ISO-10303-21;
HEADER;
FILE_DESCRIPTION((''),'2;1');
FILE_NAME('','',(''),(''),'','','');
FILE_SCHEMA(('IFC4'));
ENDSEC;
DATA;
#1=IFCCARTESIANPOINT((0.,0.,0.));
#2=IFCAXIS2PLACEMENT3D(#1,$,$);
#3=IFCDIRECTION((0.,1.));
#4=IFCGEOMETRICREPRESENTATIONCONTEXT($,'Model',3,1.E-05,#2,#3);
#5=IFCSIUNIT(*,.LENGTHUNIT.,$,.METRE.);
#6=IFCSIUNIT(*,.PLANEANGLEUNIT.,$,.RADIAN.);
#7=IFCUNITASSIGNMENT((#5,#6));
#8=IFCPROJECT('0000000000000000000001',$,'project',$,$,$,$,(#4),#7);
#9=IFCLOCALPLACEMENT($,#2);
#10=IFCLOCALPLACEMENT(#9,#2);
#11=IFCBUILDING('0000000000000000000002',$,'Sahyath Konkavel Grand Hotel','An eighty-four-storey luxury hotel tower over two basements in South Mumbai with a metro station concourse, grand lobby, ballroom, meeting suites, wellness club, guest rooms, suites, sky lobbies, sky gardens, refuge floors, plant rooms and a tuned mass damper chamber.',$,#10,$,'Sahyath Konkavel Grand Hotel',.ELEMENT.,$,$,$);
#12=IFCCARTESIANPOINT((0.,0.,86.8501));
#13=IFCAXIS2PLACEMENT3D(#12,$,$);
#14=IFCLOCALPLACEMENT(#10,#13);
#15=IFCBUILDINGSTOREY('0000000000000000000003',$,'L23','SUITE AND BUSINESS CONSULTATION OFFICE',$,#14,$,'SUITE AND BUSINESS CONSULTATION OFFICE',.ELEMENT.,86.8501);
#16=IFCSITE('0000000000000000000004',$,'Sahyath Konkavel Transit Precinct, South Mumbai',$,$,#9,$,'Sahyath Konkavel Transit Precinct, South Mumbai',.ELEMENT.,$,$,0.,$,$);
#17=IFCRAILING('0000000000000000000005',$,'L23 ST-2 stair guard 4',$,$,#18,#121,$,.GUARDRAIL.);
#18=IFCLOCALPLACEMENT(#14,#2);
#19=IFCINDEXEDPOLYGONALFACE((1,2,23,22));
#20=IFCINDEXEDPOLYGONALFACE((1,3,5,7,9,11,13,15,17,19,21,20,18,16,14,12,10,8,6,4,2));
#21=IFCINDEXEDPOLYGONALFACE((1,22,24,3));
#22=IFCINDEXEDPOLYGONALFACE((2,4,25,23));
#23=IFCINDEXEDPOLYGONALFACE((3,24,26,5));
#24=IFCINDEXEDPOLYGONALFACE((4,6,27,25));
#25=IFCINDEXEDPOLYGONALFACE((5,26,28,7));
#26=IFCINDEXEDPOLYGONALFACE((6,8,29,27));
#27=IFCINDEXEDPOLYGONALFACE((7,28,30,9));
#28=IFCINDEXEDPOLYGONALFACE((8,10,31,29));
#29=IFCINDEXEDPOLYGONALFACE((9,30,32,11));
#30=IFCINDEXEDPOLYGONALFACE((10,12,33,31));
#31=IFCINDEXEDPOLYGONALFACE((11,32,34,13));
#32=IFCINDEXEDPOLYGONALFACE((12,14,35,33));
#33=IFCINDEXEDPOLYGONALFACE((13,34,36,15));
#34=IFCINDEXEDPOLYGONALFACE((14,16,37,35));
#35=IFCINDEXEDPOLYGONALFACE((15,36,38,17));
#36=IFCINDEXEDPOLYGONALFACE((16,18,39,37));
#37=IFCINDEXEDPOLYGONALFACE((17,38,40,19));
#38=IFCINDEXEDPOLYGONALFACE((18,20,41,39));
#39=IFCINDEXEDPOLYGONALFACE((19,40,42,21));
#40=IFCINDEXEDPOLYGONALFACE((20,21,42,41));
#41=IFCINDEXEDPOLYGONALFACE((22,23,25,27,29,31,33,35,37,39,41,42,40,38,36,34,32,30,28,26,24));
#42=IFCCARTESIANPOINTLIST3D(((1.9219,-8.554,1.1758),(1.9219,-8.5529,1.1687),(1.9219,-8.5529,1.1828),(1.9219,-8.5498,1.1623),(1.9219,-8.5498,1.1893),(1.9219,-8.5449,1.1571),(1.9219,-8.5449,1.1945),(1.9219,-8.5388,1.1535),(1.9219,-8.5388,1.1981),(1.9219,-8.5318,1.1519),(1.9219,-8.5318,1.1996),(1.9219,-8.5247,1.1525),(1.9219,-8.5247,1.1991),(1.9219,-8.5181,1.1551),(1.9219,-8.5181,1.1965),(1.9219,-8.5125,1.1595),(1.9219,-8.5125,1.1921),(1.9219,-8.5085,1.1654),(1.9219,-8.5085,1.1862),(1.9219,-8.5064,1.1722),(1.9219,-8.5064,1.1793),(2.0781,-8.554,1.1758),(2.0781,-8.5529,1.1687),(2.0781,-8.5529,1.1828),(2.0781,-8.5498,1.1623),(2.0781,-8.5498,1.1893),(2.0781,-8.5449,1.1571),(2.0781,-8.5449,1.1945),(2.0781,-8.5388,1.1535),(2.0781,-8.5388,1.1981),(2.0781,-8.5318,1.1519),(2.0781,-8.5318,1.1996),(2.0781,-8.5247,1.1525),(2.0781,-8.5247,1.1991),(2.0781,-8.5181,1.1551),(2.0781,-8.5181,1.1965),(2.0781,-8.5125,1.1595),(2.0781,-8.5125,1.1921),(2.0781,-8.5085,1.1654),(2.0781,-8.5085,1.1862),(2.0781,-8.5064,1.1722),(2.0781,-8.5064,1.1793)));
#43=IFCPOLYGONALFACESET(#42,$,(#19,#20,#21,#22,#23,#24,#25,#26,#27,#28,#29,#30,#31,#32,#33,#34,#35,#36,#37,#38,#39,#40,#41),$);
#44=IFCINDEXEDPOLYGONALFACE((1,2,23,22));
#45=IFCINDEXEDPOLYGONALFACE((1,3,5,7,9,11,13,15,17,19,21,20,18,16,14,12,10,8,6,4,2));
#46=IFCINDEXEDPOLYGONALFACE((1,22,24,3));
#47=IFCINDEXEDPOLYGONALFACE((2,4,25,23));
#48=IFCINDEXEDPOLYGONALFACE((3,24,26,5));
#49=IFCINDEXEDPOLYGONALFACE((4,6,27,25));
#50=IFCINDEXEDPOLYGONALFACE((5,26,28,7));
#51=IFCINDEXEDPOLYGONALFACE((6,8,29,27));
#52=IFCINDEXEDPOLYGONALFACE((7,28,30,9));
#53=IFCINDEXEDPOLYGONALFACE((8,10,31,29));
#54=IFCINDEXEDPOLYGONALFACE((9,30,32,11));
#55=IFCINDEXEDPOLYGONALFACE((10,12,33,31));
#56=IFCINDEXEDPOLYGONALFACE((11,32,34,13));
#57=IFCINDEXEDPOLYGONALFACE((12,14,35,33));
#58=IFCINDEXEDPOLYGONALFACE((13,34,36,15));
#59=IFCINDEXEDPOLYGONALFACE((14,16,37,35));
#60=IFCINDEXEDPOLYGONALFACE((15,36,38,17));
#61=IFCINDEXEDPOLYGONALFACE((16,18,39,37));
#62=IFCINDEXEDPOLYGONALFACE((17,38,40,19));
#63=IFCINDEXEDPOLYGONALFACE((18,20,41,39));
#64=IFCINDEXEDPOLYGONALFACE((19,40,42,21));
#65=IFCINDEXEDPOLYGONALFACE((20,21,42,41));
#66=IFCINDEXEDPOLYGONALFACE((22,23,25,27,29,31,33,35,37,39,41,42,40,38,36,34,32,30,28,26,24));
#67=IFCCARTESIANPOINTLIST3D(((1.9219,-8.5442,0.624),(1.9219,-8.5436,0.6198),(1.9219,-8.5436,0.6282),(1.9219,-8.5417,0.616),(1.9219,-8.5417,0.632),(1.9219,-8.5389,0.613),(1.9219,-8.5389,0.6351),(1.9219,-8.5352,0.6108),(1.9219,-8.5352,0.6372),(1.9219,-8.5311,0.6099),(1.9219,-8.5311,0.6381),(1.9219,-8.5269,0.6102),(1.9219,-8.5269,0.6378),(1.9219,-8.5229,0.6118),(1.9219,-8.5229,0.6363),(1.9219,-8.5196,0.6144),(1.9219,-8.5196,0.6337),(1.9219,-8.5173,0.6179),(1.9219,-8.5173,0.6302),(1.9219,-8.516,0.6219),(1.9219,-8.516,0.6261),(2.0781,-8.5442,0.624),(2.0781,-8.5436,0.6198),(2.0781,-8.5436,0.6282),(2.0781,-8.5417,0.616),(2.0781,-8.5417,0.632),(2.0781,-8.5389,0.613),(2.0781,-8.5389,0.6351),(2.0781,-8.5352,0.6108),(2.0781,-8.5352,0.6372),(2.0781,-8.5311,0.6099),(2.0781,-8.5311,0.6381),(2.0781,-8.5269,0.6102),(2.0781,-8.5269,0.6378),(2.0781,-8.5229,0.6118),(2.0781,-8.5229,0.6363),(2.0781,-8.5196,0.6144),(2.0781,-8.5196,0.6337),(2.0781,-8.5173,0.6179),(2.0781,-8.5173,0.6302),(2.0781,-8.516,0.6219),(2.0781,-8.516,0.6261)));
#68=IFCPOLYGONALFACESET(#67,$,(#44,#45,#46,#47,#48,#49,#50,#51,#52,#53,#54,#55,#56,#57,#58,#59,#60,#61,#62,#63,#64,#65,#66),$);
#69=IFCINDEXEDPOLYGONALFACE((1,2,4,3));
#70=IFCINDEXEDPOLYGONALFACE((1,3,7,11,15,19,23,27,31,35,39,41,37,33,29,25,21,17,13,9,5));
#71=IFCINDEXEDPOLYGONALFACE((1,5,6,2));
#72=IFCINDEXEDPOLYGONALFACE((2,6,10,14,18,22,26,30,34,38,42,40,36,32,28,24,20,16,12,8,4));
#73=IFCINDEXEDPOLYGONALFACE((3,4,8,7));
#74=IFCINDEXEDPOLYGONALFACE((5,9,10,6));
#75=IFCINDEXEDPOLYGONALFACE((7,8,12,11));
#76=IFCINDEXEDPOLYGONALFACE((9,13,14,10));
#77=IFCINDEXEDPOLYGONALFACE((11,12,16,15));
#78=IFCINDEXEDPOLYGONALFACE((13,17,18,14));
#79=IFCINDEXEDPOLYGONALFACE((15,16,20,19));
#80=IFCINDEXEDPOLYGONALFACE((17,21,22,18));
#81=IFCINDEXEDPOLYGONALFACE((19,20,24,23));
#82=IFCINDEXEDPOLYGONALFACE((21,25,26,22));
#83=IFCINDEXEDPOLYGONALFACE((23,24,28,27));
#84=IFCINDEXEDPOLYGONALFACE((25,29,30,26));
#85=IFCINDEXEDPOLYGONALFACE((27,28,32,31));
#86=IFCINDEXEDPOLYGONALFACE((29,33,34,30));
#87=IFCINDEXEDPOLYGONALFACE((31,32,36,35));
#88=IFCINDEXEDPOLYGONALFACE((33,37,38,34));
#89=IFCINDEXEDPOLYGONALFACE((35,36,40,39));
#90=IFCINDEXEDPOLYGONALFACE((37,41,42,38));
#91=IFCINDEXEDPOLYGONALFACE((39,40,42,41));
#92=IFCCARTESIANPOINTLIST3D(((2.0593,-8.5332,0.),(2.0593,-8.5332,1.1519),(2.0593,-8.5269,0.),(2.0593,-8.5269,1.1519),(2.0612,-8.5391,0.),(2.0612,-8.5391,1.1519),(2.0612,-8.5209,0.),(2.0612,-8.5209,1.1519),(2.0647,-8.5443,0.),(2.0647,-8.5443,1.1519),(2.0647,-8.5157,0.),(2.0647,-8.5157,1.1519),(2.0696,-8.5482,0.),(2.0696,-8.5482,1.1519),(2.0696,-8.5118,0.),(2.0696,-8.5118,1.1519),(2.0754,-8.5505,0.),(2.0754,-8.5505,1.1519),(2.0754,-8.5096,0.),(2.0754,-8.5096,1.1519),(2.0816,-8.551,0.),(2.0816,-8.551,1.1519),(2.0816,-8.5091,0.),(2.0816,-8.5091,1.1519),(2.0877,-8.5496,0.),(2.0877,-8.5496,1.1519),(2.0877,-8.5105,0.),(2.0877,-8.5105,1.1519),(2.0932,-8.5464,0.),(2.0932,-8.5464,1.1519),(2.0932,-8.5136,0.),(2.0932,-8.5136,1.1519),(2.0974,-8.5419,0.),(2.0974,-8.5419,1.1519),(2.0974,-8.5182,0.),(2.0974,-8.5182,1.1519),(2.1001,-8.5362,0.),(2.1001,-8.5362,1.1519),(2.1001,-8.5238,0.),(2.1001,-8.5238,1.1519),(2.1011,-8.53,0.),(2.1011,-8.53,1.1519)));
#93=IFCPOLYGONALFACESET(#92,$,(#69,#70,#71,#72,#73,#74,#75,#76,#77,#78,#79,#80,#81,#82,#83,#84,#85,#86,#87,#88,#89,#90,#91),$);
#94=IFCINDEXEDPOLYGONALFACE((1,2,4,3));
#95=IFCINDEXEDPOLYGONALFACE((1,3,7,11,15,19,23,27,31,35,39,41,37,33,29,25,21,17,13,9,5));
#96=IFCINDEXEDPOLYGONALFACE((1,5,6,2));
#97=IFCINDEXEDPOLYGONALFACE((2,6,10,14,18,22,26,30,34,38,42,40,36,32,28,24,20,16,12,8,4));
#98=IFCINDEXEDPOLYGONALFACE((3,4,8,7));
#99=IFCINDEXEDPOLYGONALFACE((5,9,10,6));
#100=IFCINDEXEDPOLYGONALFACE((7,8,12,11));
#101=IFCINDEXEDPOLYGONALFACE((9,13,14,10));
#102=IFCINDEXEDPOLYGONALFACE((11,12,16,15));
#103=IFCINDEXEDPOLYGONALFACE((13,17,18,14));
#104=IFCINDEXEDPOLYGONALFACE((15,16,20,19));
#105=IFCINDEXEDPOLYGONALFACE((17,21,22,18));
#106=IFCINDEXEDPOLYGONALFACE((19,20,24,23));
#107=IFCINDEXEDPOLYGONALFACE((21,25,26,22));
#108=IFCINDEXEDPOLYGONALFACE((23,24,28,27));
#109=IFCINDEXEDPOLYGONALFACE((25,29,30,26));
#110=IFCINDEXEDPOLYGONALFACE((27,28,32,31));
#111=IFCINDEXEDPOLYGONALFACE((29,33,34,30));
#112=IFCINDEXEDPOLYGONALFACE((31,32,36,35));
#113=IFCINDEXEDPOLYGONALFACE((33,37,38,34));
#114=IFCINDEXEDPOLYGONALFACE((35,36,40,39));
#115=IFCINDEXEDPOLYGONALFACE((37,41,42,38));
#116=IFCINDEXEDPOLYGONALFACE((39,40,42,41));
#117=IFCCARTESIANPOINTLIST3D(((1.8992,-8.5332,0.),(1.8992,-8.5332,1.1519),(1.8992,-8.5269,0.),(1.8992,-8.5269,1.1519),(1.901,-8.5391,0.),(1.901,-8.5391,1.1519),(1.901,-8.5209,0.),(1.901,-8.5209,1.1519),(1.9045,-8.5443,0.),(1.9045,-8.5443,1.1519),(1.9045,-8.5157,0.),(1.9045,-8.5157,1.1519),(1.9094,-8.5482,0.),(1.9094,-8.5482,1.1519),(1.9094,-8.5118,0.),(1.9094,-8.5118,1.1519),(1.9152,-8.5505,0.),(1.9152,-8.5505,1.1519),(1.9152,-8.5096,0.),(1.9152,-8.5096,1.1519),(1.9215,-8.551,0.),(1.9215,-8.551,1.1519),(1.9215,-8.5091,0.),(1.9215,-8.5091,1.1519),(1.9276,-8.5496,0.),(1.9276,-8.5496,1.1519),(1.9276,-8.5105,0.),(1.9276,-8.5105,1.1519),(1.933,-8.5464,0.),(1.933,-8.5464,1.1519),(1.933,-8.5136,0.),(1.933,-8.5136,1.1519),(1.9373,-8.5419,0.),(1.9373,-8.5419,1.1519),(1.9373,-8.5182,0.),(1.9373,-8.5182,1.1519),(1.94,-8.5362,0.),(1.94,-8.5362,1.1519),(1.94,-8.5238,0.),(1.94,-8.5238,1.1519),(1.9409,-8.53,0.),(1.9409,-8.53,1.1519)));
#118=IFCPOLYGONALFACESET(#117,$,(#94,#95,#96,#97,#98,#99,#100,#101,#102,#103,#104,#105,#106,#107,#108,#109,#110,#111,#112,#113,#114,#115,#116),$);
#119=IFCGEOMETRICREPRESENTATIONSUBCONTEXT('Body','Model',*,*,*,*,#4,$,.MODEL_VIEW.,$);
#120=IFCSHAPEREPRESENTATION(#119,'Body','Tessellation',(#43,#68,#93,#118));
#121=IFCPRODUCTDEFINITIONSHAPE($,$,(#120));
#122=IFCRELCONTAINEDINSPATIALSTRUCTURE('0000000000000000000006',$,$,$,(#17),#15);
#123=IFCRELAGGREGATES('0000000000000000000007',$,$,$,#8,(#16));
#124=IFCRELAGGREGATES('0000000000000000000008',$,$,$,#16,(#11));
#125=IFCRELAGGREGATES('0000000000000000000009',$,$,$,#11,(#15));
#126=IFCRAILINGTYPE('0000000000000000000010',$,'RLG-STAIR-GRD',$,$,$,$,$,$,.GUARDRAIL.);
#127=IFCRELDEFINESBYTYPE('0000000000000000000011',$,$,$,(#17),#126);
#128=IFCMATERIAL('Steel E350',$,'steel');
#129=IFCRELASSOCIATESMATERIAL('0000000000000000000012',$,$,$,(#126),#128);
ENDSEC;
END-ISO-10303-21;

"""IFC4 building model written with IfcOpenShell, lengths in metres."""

from ifc_helpers import new_model, si_unit, direction, frame, origin, origin_2d, place, context, subcontext, project, spatial, circle, extrude, material, type_object, element, save


model = new_model("IFC4")

# Units and contexts
model_context = context("Model", 3, precision=1e-05, world=origin(), true_north=direction((0.0, 1.0)))
body_context = subcontext(model_context, "Body", "Model", "MODEL_VIEW")
ifc_project = project(units=[si_unit("LENGTHUNIT", "METRE"), si_unit("PLANEANGLEUNIT", "RADIAN")], contexts=[model_context])

# Site, building, storey
site_placement = place(None, origin())
site = spatial("IfcSite", under=ifc_project, at=site_placement, Name="Sahyath Konkavel Transit Precinct, South Mumbai", LongName="Sahyath Konkavel Transit Precinct, South Mumbai", CompositionType="ELEMENT", RefElevation=0.0)
building_placement = place(site_placement, origin())
building = spatial("IfcBuilding", under=site, at=building_placement, Name="Sahyath Konkavel Grand Hotel", Description="An eighty-four-storey luxury hotel tower over two basements in South Mumbai with a metro station concourse, grand lobby, ballroom, meeting suites, wellness club, guest rooms, suites, sky lobbies, sky gardens, refuge floors, plant rooms and a tuned mass damper chamber.", LongName="Sahyath Konkavel Grand Hotel", CompositionType="ELEMENT")
storey_placement = place(building_placement, frame((0.0, 0.0, 86.8501)))
storey = spatial("IfcBuildingStorey", under=building, at=storey_placement, Name="L23", Description="SUITE AND BUSINESS CONSULTATION OFFICE", LongName="SUITE AND BUSINESS CONSULTATION OFFICE", CompositionType="ELEMENT", Elevation=86.8501)

# Shared definitions
ifc_material_1 = material(Name="Steel E350", Category="steel")

# Railing
railing_type_1 = type_object("IfcRailingType", Name="RLG-STAIR-GRD", PredefinedType="GUARDRAIL", material=ifc_material_1)
railing_1_placement = place(storey_placement, frame((2.0801, -8.53, 0.0)))
element("IfcRailing", 1, at=railing_1_placement, inside=storey, type_object=railing_type_1, Name="L23 ST-2 stair guard 4", PredefinedType="GUARDRAIL", context=body_context, shape_type="SweptSolid", body=[
    extrude(circle(Radius=0.0239, at=origin_2d()), frame((-0.002, 0.0, 1.1758), z_axis=(-1.0, 0.0, 0.0), x_axis=(0.0, -1.0, 0.0)), (0.0, 0.0, 1.0), 0.1562),
    extrude(circle(Radius=0.0142, at=origin_2d()), frame((-0.002, 0.0, 0.624), z_axis=(-1.0, 0.0, 0.0), x_axis=(0.0, -1.0, 0.0)), (0.0, 0.0, 1.0), 0.1562),
    extrude(circle(Radius=0.021, at=origin_2d()), origin(), (0.0, 0.0, 1.0), 1.1519),
    extrude(circle(Radius=0.021, at=origin_2d()), frame((-0.1602, 0.0, 0.0)), (0.0, 0.0, 1.0), 1.1519),
])

save(model, "model.ifc")
